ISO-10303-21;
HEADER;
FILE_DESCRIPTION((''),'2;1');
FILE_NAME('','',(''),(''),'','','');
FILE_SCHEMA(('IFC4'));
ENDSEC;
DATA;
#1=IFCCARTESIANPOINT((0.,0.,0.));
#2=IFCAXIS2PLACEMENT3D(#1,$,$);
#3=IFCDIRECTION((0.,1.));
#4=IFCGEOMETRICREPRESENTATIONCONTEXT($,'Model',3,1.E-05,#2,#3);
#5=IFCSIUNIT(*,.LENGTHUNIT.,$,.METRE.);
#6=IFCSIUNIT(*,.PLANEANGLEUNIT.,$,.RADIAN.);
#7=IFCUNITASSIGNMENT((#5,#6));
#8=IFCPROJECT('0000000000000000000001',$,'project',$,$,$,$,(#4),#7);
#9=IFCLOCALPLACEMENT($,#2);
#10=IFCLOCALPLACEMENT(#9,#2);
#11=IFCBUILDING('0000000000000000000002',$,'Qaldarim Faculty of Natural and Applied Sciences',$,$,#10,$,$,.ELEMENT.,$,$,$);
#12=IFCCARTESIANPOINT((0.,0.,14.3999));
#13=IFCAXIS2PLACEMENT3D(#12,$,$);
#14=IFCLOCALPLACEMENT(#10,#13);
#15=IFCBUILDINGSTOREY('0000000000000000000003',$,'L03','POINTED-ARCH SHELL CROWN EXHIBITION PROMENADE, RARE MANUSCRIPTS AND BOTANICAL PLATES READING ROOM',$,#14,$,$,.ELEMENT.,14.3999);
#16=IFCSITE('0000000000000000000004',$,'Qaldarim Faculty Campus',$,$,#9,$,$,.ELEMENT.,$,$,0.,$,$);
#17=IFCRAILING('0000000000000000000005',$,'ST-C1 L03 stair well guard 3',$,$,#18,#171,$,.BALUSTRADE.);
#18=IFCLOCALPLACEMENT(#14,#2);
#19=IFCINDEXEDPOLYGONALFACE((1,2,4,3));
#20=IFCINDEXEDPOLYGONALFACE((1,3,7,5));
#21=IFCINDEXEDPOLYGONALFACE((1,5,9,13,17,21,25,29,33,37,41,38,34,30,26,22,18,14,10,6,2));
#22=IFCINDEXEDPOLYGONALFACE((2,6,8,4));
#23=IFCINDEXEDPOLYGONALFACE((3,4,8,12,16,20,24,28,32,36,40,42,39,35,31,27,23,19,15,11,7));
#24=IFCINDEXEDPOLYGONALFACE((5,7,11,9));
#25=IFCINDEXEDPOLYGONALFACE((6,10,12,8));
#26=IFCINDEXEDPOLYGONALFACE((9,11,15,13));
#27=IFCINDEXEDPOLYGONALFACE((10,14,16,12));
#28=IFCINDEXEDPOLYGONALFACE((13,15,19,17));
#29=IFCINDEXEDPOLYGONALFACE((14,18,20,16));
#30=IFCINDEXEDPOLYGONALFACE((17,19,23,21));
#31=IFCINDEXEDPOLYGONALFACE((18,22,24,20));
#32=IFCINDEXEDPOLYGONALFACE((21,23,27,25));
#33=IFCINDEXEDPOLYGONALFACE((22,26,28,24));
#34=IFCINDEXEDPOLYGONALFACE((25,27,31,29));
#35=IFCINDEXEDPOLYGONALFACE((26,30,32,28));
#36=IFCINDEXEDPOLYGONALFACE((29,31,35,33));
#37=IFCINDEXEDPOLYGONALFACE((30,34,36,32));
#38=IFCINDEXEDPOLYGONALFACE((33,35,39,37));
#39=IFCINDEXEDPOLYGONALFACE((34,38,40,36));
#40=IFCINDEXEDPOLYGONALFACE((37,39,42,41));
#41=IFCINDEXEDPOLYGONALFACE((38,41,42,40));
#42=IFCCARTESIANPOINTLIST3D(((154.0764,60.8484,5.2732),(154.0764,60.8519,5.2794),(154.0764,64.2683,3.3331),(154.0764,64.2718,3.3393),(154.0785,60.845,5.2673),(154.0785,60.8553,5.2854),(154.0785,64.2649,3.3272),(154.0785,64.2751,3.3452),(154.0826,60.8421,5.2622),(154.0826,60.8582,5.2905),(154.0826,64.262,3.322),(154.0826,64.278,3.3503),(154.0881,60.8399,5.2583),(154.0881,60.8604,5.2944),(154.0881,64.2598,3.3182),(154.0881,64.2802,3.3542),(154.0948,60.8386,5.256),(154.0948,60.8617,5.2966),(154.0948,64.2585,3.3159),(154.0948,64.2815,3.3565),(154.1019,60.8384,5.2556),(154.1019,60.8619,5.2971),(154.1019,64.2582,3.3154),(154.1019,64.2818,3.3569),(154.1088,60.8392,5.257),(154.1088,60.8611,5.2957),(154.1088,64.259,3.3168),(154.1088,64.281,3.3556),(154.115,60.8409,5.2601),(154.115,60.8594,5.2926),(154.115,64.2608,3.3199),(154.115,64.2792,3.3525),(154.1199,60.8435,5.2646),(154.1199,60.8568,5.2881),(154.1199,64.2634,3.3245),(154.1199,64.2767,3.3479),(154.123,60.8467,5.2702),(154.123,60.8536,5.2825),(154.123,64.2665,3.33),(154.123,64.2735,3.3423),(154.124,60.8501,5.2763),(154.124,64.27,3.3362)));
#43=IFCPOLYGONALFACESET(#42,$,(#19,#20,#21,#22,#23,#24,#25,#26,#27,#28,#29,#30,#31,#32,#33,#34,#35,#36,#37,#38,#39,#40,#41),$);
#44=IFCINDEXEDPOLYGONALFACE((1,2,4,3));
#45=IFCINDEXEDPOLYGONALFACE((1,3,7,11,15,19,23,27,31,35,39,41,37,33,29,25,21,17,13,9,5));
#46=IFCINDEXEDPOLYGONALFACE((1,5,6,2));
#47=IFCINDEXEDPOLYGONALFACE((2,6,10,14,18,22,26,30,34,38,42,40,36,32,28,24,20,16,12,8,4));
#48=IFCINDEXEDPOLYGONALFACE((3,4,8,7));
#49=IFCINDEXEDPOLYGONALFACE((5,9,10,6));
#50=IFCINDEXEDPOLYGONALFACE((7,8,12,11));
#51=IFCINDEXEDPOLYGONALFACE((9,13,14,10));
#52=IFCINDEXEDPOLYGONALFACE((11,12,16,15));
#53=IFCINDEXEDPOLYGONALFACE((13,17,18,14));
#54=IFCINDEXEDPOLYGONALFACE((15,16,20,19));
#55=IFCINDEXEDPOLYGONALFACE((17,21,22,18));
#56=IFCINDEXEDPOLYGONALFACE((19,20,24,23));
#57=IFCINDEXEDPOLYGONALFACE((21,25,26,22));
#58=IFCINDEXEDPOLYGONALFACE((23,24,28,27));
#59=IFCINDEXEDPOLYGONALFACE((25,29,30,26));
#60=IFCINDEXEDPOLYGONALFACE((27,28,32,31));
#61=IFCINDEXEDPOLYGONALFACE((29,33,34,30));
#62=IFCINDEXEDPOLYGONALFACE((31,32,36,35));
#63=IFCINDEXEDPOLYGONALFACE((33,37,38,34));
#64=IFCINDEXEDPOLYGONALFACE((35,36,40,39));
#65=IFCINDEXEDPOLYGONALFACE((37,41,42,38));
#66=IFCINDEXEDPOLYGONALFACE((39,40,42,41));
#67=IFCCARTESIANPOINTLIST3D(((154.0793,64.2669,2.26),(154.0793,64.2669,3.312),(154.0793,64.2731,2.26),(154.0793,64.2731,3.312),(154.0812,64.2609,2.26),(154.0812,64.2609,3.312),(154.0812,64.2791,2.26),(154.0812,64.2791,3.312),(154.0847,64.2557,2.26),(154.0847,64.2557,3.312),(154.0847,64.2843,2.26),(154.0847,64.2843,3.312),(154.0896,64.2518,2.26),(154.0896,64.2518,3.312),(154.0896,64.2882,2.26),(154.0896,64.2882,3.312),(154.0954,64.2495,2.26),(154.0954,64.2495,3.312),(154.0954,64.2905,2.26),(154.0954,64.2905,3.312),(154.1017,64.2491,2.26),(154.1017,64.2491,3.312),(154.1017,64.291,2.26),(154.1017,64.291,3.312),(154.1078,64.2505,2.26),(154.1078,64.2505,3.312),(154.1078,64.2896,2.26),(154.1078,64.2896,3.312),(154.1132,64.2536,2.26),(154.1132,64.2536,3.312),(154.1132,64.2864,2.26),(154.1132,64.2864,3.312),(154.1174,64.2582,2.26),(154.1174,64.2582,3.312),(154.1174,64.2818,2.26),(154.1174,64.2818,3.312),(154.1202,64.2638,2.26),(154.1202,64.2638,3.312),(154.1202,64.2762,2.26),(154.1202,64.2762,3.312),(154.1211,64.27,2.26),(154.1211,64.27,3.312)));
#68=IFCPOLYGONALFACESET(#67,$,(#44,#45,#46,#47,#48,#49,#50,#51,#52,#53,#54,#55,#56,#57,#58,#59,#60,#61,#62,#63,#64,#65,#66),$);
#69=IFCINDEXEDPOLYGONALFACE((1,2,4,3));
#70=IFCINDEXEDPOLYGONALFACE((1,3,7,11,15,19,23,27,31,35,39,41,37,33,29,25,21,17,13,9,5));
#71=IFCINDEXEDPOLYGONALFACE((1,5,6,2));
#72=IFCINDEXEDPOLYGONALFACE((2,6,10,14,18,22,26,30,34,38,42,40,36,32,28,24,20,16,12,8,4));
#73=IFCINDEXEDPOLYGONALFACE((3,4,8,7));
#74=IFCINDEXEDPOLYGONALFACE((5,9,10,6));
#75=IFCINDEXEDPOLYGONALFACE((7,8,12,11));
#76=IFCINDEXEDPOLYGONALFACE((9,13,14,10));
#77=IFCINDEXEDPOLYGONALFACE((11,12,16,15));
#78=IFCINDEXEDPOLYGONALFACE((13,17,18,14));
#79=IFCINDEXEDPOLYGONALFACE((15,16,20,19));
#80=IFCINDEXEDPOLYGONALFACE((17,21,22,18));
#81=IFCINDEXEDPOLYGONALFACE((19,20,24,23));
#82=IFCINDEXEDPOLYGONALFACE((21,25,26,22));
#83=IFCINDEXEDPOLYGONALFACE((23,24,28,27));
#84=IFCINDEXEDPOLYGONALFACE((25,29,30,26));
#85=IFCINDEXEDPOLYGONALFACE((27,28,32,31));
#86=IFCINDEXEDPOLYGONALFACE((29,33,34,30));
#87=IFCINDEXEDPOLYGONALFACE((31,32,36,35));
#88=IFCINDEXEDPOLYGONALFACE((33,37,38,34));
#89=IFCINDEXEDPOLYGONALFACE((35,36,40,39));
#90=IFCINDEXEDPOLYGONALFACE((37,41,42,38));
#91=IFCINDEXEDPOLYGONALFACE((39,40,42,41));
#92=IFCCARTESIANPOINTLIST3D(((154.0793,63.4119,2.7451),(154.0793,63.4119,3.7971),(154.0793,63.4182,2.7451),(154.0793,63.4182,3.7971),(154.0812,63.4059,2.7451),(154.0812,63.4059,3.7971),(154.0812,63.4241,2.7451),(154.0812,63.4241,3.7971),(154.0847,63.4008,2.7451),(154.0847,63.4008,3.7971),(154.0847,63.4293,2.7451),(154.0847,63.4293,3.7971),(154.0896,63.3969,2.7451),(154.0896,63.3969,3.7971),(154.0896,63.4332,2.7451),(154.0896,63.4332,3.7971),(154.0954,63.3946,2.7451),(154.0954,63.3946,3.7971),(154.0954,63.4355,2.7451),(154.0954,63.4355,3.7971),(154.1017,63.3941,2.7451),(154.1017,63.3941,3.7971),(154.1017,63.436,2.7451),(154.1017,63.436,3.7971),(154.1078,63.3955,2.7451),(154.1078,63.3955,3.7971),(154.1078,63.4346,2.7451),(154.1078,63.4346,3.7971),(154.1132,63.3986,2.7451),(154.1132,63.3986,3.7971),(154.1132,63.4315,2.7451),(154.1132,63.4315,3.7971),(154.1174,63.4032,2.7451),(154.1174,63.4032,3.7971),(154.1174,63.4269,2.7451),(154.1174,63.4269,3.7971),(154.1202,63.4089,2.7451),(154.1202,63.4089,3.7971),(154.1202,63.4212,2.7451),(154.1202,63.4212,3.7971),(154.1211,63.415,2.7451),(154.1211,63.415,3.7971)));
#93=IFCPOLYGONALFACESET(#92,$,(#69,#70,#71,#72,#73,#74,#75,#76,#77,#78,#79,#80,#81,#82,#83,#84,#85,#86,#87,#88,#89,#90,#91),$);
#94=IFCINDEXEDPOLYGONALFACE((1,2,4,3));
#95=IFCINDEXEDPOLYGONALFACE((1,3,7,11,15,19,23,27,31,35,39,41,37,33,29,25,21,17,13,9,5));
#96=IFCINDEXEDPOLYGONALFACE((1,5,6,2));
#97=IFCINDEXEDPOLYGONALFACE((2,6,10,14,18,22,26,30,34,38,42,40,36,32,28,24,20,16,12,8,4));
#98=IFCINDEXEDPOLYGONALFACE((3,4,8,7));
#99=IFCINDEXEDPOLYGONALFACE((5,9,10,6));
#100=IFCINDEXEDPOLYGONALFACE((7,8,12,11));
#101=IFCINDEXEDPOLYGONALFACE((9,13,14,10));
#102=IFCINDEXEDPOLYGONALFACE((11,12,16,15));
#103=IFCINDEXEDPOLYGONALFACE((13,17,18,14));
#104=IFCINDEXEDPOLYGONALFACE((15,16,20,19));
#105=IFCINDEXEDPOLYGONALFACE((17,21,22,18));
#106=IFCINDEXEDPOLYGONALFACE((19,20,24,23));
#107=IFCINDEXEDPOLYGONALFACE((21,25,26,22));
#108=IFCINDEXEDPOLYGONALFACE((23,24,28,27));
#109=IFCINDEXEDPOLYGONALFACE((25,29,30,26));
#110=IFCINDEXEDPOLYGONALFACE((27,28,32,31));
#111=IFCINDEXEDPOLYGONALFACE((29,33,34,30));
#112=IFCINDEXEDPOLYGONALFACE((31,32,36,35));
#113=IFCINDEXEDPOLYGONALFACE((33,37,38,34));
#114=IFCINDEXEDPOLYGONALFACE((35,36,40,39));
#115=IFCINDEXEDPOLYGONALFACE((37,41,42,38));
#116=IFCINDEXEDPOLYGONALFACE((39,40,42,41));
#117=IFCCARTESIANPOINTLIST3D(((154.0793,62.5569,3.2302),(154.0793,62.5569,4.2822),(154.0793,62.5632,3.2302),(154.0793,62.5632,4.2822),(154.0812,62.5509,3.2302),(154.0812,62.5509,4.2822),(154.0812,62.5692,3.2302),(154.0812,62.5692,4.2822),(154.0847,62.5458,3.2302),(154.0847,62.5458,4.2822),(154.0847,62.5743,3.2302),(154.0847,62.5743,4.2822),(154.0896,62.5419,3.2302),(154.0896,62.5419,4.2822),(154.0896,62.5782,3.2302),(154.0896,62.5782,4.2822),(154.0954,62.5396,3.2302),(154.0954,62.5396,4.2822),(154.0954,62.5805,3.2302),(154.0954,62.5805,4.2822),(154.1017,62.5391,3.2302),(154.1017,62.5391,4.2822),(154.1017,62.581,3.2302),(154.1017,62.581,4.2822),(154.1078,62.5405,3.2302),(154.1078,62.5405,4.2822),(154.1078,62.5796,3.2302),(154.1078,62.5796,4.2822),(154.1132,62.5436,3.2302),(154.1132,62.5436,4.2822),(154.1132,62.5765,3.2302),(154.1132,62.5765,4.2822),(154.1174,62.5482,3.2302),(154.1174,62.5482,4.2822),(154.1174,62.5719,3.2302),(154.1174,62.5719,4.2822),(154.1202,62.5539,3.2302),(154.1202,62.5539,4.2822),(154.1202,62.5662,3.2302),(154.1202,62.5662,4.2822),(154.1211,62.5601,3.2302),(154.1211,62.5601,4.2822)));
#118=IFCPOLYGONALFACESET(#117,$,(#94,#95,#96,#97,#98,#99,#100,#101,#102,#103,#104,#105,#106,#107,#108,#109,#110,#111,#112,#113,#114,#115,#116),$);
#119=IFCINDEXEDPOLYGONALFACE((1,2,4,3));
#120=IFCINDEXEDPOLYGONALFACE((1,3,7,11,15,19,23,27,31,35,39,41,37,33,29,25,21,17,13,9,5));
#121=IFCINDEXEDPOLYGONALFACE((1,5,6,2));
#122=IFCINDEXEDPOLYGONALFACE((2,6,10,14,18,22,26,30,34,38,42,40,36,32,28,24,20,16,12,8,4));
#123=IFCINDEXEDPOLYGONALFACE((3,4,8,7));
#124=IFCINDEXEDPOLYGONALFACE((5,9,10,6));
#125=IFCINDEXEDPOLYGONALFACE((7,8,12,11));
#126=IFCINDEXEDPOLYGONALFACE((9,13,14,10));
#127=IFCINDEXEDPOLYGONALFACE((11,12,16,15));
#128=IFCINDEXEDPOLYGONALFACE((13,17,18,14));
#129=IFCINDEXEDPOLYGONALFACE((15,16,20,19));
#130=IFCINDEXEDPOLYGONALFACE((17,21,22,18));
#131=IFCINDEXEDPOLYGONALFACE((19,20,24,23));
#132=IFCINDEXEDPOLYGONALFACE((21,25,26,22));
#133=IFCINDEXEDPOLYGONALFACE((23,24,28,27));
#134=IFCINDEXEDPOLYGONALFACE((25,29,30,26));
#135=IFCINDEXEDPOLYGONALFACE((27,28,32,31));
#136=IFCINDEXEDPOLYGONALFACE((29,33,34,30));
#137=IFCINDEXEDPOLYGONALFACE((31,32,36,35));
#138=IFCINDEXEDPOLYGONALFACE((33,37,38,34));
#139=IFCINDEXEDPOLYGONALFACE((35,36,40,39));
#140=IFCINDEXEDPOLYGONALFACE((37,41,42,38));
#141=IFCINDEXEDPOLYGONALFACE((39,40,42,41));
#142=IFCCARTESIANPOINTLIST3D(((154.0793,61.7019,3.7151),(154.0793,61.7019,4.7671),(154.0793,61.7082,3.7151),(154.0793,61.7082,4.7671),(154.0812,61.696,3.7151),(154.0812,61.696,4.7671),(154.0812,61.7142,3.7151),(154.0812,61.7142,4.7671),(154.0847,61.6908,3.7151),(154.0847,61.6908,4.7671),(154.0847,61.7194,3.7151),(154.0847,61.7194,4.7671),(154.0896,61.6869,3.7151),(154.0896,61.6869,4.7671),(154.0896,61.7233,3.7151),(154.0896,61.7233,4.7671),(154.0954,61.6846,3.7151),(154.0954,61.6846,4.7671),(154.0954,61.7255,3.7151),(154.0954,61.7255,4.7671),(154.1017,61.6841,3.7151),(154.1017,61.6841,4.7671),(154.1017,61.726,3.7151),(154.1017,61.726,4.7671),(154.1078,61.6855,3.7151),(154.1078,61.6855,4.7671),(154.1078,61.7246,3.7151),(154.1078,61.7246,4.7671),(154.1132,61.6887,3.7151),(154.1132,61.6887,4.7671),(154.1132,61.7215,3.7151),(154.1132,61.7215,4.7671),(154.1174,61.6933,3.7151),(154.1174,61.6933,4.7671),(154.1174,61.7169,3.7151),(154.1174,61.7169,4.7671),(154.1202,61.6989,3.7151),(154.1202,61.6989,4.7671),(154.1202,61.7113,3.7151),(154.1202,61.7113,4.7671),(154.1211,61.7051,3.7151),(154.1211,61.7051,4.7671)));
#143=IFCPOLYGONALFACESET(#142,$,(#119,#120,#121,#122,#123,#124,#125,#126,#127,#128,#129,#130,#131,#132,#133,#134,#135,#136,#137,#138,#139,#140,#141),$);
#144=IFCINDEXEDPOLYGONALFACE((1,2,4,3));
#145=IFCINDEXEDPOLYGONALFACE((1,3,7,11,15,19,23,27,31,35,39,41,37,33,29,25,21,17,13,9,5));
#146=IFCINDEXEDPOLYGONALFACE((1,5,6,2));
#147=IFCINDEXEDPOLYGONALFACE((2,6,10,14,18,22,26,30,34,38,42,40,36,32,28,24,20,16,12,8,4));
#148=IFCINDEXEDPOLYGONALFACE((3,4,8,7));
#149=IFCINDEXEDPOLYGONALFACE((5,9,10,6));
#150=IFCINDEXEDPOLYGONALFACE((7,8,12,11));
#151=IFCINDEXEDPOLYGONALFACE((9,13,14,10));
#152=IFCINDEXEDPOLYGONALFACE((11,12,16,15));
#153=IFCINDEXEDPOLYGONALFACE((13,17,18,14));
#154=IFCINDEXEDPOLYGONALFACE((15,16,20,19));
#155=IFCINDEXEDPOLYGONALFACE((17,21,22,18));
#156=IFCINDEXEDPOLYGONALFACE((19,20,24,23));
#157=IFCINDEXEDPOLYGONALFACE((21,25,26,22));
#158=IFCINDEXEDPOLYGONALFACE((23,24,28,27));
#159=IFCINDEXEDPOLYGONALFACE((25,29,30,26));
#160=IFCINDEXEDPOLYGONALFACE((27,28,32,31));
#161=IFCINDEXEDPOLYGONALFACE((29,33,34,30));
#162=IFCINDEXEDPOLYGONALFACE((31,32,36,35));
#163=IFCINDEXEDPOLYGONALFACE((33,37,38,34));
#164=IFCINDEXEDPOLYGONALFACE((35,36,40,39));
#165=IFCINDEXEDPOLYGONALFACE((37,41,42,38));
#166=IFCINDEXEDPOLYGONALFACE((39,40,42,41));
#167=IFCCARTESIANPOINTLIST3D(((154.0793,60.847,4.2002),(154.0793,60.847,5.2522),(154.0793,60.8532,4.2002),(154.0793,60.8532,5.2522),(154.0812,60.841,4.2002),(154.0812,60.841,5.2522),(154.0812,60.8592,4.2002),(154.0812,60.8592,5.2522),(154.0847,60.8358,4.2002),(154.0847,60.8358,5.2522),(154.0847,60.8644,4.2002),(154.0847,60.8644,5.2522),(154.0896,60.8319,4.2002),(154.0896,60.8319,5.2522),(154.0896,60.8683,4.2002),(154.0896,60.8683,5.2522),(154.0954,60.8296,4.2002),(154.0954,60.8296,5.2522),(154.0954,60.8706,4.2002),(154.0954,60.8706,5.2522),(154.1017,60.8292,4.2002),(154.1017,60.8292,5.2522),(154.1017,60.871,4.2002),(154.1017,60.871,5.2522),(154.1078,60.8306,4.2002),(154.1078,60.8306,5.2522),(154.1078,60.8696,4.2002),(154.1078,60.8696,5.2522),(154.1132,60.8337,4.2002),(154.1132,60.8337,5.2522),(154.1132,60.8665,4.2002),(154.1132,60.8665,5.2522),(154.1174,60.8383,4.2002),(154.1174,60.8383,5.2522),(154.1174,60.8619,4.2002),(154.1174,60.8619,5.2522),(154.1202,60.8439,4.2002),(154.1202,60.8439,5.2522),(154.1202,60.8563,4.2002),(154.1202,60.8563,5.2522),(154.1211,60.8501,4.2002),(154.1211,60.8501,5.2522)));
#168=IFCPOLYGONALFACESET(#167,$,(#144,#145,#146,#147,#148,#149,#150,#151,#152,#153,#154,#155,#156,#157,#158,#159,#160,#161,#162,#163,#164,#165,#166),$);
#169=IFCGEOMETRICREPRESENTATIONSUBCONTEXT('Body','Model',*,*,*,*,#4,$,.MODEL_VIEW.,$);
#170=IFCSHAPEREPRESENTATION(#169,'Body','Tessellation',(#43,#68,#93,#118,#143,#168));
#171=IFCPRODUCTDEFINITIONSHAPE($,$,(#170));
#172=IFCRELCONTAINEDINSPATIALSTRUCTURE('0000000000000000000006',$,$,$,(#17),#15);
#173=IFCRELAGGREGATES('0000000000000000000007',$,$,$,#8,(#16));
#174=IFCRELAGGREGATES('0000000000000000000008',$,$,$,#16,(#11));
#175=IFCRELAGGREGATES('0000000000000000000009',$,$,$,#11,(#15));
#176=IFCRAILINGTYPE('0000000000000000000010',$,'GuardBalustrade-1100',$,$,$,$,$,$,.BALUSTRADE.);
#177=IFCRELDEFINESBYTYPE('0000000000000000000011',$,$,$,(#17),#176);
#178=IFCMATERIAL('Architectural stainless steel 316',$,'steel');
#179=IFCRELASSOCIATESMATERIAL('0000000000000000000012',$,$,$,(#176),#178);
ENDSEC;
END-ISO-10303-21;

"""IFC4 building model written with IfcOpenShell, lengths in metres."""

from ifc_helpers import new_model, si_unit, direction, frame, origin, origin_2d, place, context, subcontext, project, spatial, circle, extrude, material, type_object, element, save


model = new_model("IFC4")

# Units and contexts
model_context = context("Model", 3, precision=1e-05, world=origin(), true_north=direction((0.0, 1.0)))
body_context = subcontext(model_context, "Body", "Model", "MODEL_VIEW")
ifc_project = project(units=[si_unit("LENGTHUNIT", "METRE"), si_unit("PLANEANGLEUNIT", "RADIAN")], contexts=[model_context])

# Site, building, storey
site_placement = place(None, origin())
site = spatial("IfcSite", under=ifc_project, at=site_placement, Name="Qaldarim Faculty Campus", CompositionType="ELEMENT", RefElevation=0.0)
building_placement = place(site_placement, origin())
building = spatial("IfcBuilding", under=site, at=building_placement, Name="Qaldarim Faculty of Natural and Applied Sciences", CompositionType="ELEMENT")
storey_placement = place(building_placement, frame((0.0, 0.0, 14.3999)))
storey = spatial("IfcBuildingStorey", under=building, at=storey_placement, Name="L03", Description="POINTED-ARCH SHELL CROWN EXHIBITION PROMENADE, RARE MANUSCRIPTS AND BOTANICAL PLATES READING ROOM", CompositionType="ELEMENT", Elevation=14.3999)

# Shared definitions
ifc_material_1 = material(Name="Architectural stainless steel 316", Category="steel")

# Railing
railing_type_1 = type_object("IfcRailingType", Name="GuardBalustrade-1100", PredefinedType="BALUSTRADE", material=ifc_material_1)
railing_1_placement = place(storey_placement, frame((154.1001, 64.27, 2.26)))
element("IfcRailing", 1, at=railing_1_placement, inside=storey, type_object=railing_type_1, Name="ST-C1 L03 stair well guard 3", PredefinedType="BALUSTRADE", context=body_context, shape_type="SweptSolid", body=[
    extrude(circle(Radius=0.0239, at=origin_2d()), frame((0.0, 0.0, 1.0762), z_axis=(0.0, -0.869779, 0.493442), x_axis=(1.0, 0.0, 0.0)), (0.0, 0.0, 1.0), 3.9319),
    extrude(circle(Radius=0.021, at=origin_2d()), origin(), (0.0, 0.0, 1.0), 1.052),
    extrude(circle(Radius=0.021, at=origin_2d()), frame((0.0, -0.855, 0.4851)), (0.0, 0.0, 1.0), 1.052),
    extrude(circle(Radius=0.021, at=origin_2d()), frame((0.0, -1.71, 0.9702)), (0.0, 0.0, 1.0), 1.052),
    extrude(circle(Radius=0.021, at=origin_2d()), frame((0.0, -2.5649, 1.4551)), (0.0, 0.0, 1.0), 1.052),
    extrude(circle(Radius=0.021, at=origin_2d()), frame((0.0, -3.4199, 1.9402)), (0.0, 0.0, 1.0), 1.052),
])

save(model, "model.ifc")
